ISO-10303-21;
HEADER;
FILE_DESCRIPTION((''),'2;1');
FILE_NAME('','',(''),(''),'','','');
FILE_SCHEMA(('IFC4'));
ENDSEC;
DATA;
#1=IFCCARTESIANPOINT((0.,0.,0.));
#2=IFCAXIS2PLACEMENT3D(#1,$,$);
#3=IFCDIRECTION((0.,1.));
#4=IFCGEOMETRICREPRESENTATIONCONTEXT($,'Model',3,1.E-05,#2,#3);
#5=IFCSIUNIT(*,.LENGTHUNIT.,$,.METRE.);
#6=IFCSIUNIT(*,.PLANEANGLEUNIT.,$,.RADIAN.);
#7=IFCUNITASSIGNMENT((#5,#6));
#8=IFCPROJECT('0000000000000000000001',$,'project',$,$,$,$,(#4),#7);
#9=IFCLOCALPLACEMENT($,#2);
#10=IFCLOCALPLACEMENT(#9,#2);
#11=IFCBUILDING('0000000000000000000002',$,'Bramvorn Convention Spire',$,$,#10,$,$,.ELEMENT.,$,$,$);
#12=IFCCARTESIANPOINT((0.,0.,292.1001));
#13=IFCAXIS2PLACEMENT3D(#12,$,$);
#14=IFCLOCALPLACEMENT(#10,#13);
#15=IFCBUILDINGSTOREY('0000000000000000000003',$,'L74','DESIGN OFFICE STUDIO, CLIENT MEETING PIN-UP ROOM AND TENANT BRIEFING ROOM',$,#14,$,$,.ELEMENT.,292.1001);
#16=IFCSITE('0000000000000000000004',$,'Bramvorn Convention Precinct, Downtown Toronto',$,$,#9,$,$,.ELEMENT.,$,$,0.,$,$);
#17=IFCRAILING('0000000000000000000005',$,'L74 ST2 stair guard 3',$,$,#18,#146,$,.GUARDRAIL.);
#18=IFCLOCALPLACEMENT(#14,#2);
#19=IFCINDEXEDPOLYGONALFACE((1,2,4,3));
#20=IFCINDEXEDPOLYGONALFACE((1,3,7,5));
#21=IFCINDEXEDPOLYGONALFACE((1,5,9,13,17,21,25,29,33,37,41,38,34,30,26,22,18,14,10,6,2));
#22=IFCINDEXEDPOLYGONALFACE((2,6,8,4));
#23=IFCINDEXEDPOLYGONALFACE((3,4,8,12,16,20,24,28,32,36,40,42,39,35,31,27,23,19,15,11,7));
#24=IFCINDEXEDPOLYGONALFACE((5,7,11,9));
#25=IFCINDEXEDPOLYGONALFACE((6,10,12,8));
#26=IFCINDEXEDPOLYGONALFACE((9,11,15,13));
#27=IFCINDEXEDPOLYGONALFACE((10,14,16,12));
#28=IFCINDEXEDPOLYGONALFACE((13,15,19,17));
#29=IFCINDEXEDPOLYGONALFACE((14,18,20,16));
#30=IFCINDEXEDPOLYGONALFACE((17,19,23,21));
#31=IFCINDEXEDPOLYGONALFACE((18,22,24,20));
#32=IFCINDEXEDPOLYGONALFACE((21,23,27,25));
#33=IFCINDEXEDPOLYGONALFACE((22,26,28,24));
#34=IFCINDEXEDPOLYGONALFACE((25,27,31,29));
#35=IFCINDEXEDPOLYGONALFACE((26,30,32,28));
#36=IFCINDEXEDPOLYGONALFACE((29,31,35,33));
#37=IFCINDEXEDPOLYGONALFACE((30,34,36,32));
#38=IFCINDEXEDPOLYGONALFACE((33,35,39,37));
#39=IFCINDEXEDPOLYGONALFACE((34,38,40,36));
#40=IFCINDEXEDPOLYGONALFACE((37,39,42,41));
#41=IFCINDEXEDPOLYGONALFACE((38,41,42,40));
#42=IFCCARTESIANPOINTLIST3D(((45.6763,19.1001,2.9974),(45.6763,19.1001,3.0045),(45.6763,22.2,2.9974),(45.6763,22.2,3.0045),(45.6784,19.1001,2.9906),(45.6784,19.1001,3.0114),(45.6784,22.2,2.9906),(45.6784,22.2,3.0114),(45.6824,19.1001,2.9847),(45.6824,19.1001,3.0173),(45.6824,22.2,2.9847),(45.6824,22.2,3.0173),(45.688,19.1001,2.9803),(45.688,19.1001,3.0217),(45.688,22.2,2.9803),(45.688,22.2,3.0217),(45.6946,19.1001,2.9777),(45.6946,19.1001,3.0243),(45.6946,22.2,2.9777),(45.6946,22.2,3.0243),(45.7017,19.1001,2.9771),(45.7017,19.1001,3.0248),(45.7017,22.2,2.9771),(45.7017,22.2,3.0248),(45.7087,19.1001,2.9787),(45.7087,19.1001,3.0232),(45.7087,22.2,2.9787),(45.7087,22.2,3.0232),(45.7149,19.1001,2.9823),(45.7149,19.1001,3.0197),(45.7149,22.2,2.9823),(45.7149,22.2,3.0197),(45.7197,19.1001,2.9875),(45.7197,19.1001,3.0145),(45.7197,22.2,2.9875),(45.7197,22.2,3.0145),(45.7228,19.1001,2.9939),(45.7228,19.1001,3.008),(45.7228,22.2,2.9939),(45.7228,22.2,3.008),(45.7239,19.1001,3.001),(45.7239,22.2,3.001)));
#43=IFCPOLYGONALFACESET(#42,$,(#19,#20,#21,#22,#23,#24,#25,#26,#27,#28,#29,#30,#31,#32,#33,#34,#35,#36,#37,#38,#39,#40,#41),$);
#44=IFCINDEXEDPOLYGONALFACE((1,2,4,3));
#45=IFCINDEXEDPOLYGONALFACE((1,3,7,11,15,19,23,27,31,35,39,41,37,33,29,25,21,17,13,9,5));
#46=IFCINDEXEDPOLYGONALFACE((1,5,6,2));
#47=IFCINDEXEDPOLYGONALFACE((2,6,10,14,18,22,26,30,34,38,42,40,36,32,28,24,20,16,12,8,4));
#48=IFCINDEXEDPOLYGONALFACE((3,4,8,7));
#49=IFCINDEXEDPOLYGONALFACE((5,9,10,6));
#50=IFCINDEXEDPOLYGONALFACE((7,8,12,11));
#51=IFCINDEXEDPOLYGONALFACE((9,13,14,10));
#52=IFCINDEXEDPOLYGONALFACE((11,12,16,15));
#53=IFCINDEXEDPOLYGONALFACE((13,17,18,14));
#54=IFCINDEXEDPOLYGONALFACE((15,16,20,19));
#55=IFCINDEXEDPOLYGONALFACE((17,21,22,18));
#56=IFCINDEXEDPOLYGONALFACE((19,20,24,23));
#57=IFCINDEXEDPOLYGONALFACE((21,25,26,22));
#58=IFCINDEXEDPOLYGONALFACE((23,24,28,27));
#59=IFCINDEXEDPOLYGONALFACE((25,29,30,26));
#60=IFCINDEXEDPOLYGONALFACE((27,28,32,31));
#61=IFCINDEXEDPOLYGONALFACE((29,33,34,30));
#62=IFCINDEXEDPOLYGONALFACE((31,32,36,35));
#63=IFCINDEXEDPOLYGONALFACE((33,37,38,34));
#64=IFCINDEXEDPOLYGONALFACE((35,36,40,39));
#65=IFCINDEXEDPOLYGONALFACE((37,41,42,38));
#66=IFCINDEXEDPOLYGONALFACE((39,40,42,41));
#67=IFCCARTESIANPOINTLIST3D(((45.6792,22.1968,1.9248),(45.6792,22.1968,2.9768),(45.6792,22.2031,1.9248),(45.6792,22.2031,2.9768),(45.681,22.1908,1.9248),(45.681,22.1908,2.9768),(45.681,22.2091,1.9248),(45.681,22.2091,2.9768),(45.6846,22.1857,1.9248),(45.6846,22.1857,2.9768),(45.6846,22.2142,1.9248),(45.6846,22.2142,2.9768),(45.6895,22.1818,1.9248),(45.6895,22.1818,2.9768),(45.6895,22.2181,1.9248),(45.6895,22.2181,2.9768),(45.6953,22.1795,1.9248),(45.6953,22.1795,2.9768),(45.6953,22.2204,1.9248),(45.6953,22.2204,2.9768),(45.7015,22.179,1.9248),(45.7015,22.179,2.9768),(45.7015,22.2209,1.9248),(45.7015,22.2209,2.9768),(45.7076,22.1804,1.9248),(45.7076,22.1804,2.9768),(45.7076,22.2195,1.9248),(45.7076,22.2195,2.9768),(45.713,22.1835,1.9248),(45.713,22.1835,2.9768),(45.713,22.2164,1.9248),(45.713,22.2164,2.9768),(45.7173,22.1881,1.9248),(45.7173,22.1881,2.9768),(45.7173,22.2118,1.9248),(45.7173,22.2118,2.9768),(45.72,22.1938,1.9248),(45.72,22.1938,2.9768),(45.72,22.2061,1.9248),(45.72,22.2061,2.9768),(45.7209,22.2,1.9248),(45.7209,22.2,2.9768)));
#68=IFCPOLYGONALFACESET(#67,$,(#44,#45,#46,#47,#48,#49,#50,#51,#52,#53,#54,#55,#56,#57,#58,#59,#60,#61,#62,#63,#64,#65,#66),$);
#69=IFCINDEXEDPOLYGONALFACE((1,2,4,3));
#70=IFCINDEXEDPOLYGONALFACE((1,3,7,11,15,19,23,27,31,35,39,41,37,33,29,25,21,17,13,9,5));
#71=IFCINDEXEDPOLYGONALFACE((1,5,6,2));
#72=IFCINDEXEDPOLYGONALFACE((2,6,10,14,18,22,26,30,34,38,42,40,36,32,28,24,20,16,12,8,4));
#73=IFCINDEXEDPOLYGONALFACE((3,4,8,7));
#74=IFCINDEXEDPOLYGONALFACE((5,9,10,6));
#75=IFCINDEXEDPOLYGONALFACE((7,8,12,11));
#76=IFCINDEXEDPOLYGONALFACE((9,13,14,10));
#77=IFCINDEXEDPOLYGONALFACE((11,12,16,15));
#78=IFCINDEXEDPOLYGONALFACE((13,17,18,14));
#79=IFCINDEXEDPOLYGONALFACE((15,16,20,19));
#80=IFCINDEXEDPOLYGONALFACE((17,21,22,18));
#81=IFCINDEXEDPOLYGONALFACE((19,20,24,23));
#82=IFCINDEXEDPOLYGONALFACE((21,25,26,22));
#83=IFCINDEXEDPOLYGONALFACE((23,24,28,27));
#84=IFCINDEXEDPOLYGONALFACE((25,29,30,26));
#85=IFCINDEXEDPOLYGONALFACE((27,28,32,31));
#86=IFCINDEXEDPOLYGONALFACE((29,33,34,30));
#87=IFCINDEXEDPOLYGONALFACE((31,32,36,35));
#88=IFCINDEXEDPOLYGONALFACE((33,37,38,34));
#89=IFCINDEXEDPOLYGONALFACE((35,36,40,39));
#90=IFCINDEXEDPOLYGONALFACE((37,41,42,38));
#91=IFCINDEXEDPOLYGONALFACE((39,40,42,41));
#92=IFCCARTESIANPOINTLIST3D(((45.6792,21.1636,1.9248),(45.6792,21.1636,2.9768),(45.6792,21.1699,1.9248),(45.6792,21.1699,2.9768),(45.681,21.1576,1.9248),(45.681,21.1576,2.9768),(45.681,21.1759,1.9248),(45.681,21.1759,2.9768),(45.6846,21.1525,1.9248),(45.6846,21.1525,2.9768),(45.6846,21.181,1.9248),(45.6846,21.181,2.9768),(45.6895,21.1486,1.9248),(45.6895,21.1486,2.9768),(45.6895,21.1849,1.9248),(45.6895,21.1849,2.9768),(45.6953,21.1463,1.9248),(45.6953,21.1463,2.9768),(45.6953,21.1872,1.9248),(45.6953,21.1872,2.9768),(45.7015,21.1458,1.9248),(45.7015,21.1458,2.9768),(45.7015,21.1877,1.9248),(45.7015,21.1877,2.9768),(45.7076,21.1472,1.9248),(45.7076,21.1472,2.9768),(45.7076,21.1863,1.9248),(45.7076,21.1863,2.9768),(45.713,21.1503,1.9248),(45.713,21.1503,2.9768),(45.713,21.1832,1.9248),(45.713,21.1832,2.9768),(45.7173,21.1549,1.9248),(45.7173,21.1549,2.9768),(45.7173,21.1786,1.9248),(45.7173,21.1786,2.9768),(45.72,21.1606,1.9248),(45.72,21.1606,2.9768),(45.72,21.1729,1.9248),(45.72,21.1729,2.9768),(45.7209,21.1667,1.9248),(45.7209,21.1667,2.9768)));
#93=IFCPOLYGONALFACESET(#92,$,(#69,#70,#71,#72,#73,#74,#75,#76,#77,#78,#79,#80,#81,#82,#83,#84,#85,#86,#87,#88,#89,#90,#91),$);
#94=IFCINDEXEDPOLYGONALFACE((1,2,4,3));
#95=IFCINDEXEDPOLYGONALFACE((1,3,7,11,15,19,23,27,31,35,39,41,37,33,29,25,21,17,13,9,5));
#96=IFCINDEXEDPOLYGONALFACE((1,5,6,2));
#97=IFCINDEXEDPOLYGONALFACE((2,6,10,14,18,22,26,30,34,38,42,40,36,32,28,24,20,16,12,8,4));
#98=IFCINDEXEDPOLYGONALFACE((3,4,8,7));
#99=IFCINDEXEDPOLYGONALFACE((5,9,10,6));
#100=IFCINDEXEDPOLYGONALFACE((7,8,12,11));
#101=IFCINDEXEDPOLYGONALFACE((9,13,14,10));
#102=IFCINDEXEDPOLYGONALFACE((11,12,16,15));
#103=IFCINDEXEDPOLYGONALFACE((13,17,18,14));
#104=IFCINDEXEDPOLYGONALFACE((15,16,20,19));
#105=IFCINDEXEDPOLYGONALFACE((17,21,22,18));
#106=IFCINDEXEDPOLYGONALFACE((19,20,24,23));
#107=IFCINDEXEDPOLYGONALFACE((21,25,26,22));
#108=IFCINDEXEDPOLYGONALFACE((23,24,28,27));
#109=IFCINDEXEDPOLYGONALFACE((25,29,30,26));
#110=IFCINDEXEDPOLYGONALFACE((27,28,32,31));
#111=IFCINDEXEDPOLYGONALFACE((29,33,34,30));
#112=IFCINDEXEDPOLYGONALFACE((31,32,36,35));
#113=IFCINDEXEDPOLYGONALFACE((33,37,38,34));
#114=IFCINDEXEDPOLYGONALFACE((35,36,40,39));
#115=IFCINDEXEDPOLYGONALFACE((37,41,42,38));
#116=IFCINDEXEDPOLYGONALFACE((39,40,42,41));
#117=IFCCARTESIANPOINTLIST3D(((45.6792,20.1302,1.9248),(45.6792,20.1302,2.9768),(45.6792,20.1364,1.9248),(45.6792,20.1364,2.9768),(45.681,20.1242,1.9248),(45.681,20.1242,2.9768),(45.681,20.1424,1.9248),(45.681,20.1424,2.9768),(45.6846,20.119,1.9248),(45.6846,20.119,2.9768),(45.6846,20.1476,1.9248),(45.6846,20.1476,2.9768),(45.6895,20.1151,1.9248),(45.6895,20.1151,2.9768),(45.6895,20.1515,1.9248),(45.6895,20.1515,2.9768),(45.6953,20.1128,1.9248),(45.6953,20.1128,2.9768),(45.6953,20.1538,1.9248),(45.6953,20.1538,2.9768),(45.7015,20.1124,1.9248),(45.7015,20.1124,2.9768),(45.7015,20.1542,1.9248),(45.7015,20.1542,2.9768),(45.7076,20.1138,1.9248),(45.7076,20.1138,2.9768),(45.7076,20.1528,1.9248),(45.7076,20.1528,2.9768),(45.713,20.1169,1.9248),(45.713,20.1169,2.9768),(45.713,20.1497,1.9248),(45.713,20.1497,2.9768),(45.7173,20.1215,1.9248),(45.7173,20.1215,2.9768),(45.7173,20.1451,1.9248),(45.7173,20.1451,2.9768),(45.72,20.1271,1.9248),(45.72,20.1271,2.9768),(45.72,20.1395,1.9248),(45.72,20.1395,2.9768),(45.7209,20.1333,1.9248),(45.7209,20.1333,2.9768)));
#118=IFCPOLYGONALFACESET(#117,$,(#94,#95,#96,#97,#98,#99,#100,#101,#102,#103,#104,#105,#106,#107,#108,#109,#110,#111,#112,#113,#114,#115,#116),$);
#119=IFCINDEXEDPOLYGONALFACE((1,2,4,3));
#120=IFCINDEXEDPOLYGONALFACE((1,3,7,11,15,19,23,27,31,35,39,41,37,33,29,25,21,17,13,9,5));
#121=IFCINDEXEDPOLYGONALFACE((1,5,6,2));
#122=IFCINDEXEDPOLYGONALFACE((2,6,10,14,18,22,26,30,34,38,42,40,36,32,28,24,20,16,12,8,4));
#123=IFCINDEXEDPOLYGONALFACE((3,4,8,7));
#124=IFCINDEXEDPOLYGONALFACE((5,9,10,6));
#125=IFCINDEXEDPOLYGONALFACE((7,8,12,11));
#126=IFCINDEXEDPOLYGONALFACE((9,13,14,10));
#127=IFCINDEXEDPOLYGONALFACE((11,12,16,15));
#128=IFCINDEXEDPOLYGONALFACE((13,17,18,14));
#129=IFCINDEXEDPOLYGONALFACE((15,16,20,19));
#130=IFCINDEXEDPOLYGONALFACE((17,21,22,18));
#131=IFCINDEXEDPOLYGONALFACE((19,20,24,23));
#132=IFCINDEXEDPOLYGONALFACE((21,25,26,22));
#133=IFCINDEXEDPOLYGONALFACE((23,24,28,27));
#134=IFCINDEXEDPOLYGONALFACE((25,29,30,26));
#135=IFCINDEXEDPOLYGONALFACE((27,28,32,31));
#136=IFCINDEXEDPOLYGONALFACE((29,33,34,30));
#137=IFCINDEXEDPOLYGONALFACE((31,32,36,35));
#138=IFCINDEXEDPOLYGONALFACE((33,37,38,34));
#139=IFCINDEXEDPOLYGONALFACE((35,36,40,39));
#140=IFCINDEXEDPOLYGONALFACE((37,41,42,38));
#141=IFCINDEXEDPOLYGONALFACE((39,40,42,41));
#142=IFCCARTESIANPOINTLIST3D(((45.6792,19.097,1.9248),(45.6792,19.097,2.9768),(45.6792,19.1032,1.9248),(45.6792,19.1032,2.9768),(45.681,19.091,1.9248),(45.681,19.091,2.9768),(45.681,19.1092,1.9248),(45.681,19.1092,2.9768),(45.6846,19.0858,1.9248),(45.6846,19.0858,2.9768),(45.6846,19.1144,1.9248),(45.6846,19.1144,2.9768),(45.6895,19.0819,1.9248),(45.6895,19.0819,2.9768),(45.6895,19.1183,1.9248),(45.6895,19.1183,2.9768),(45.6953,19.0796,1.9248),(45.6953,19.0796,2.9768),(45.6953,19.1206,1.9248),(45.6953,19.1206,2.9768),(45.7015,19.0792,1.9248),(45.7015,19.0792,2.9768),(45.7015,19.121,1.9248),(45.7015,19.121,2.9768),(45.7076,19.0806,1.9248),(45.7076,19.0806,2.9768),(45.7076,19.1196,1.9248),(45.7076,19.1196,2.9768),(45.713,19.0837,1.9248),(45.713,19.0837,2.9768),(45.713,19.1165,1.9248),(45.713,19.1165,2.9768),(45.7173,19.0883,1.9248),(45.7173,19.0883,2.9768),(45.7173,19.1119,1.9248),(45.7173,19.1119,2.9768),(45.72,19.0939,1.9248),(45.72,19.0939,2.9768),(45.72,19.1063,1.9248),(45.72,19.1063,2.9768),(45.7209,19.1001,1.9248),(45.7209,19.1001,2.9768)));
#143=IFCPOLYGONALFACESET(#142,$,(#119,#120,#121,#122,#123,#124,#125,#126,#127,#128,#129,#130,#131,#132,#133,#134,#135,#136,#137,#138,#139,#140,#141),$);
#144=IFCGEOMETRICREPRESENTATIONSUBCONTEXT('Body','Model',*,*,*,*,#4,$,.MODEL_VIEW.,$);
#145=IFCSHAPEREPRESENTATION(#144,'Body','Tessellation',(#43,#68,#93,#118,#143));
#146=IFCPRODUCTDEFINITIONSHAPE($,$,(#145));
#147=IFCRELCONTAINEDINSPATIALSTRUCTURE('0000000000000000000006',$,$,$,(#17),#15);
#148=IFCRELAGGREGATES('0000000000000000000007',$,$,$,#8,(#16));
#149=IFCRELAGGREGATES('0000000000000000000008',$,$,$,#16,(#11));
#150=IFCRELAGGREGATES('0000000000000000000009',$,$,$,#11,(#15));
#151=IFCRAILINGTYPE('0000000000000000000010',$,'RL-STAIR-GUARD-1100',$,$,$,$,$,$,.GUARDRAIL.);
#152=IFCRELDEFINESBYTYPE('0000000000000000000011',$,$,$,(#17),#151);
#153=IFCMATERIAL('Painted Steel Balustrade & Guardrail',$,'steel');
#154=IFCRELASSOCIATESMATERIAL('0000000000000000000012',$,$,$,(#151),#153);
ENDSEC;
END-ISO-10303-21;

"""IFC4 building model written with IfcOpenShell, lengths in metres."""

from ifc_helpers import new_model, si_unit, direction, frame, origin, origin_2d, place, context, subcontext, project, spatial, circle, extrude, material, type_object, element, save


model = new_model("IFC4")

# Units and contexts
model_context = context("Model", 3, precision=1e-05, world=origin(), true_north=direction((0.0, 1.0)))
body_context = subcontext(model_context, "Body", "Model", "MODEL_VIEW")
ifc_project = project(units=[si_unit("LENGTHUNIT", "METRE"), si_unit("PLANEANGLEUNIT", "RADIAN")], contexts=[model_context])

# Site, building, storey
site_placement = place(None, origin())
site = spatial("IfcSite", under=ifc_project, at=site_placement, Name="Bramvorn Convention Precinct, Downtown Toronto", CompositionType="ELEMENT", RefElevation=0.0)
building_placement = place(site_placement, origin())
building = spatial("IfcBuilding", under=site, at=building_placement, Name="Bramvorn Convention Spire", CompositionType="ELEMENT")
storey_placement = place(building_placement, frame((0.0, 0.0, 292.1001)))
storey = spatial("IfcBuildingStorey", under=building, at=storey_placement, Name="L74", Description="DESIGN OFFICE STUDIO, CLIENT MEETING PIN-UP ROOM AND TENANT BRIEFING ROOM", CompositionType="ELEMENT", Elevation=292.1001)

# Railing
ifc_material_1 = material(Name="Painted Steel Balustrade & Guardrail", Category="steel")
railing_type = type_object("IfcRailingType", Name="RL-STAIR-GUARD-1100", PredefinedType="GUARDRAIL", material=ifc_material_1)
railing_1_placement = place(storey_placement, frame((45.7, 22.2, 1.9248)))
element("IfcRailing", 1, at=railing_1_placement, inside=storey, type_object=railing_type, Name="L74 ST2 stair guard 3", PredefinedType="GUARDRAIL", context=body_context, shape_type="SweptSolid", body=[
    extrude(circle(Radius=0.0239, at=origin_2d()), frame((0.0, 0.0, 1.0762), z_axis=(0.0, -1.0, 0.0), x_axis=(1.0, 0.0, 0.0)), (0.0, 0.0, 1.0), 3.0999),
    extrude(circle(Radius=0.021, at=origin_2d()), origin(), (0.0, 0.0, 1.0), 1.052),
    extrude(circle(Radius=0.021, at=origin_2d()), frame((0.0, -1.0332, 0.0)), (0.0, 0.0, 1.0), 1.052),
    extrude(circle(Radius=0.021, at=origin_2d()), frame((0.0, -2.0667, 0.0)), (0.0, 0.0, 1.0), 1.052),
    extrude(circle(Radius=0.021, at=origin_2d()), frame((0.0, -3.0999, 0.0)), (0.0, 0.0, 1.0), 1.052),
])

save(model, "model.ifc")
